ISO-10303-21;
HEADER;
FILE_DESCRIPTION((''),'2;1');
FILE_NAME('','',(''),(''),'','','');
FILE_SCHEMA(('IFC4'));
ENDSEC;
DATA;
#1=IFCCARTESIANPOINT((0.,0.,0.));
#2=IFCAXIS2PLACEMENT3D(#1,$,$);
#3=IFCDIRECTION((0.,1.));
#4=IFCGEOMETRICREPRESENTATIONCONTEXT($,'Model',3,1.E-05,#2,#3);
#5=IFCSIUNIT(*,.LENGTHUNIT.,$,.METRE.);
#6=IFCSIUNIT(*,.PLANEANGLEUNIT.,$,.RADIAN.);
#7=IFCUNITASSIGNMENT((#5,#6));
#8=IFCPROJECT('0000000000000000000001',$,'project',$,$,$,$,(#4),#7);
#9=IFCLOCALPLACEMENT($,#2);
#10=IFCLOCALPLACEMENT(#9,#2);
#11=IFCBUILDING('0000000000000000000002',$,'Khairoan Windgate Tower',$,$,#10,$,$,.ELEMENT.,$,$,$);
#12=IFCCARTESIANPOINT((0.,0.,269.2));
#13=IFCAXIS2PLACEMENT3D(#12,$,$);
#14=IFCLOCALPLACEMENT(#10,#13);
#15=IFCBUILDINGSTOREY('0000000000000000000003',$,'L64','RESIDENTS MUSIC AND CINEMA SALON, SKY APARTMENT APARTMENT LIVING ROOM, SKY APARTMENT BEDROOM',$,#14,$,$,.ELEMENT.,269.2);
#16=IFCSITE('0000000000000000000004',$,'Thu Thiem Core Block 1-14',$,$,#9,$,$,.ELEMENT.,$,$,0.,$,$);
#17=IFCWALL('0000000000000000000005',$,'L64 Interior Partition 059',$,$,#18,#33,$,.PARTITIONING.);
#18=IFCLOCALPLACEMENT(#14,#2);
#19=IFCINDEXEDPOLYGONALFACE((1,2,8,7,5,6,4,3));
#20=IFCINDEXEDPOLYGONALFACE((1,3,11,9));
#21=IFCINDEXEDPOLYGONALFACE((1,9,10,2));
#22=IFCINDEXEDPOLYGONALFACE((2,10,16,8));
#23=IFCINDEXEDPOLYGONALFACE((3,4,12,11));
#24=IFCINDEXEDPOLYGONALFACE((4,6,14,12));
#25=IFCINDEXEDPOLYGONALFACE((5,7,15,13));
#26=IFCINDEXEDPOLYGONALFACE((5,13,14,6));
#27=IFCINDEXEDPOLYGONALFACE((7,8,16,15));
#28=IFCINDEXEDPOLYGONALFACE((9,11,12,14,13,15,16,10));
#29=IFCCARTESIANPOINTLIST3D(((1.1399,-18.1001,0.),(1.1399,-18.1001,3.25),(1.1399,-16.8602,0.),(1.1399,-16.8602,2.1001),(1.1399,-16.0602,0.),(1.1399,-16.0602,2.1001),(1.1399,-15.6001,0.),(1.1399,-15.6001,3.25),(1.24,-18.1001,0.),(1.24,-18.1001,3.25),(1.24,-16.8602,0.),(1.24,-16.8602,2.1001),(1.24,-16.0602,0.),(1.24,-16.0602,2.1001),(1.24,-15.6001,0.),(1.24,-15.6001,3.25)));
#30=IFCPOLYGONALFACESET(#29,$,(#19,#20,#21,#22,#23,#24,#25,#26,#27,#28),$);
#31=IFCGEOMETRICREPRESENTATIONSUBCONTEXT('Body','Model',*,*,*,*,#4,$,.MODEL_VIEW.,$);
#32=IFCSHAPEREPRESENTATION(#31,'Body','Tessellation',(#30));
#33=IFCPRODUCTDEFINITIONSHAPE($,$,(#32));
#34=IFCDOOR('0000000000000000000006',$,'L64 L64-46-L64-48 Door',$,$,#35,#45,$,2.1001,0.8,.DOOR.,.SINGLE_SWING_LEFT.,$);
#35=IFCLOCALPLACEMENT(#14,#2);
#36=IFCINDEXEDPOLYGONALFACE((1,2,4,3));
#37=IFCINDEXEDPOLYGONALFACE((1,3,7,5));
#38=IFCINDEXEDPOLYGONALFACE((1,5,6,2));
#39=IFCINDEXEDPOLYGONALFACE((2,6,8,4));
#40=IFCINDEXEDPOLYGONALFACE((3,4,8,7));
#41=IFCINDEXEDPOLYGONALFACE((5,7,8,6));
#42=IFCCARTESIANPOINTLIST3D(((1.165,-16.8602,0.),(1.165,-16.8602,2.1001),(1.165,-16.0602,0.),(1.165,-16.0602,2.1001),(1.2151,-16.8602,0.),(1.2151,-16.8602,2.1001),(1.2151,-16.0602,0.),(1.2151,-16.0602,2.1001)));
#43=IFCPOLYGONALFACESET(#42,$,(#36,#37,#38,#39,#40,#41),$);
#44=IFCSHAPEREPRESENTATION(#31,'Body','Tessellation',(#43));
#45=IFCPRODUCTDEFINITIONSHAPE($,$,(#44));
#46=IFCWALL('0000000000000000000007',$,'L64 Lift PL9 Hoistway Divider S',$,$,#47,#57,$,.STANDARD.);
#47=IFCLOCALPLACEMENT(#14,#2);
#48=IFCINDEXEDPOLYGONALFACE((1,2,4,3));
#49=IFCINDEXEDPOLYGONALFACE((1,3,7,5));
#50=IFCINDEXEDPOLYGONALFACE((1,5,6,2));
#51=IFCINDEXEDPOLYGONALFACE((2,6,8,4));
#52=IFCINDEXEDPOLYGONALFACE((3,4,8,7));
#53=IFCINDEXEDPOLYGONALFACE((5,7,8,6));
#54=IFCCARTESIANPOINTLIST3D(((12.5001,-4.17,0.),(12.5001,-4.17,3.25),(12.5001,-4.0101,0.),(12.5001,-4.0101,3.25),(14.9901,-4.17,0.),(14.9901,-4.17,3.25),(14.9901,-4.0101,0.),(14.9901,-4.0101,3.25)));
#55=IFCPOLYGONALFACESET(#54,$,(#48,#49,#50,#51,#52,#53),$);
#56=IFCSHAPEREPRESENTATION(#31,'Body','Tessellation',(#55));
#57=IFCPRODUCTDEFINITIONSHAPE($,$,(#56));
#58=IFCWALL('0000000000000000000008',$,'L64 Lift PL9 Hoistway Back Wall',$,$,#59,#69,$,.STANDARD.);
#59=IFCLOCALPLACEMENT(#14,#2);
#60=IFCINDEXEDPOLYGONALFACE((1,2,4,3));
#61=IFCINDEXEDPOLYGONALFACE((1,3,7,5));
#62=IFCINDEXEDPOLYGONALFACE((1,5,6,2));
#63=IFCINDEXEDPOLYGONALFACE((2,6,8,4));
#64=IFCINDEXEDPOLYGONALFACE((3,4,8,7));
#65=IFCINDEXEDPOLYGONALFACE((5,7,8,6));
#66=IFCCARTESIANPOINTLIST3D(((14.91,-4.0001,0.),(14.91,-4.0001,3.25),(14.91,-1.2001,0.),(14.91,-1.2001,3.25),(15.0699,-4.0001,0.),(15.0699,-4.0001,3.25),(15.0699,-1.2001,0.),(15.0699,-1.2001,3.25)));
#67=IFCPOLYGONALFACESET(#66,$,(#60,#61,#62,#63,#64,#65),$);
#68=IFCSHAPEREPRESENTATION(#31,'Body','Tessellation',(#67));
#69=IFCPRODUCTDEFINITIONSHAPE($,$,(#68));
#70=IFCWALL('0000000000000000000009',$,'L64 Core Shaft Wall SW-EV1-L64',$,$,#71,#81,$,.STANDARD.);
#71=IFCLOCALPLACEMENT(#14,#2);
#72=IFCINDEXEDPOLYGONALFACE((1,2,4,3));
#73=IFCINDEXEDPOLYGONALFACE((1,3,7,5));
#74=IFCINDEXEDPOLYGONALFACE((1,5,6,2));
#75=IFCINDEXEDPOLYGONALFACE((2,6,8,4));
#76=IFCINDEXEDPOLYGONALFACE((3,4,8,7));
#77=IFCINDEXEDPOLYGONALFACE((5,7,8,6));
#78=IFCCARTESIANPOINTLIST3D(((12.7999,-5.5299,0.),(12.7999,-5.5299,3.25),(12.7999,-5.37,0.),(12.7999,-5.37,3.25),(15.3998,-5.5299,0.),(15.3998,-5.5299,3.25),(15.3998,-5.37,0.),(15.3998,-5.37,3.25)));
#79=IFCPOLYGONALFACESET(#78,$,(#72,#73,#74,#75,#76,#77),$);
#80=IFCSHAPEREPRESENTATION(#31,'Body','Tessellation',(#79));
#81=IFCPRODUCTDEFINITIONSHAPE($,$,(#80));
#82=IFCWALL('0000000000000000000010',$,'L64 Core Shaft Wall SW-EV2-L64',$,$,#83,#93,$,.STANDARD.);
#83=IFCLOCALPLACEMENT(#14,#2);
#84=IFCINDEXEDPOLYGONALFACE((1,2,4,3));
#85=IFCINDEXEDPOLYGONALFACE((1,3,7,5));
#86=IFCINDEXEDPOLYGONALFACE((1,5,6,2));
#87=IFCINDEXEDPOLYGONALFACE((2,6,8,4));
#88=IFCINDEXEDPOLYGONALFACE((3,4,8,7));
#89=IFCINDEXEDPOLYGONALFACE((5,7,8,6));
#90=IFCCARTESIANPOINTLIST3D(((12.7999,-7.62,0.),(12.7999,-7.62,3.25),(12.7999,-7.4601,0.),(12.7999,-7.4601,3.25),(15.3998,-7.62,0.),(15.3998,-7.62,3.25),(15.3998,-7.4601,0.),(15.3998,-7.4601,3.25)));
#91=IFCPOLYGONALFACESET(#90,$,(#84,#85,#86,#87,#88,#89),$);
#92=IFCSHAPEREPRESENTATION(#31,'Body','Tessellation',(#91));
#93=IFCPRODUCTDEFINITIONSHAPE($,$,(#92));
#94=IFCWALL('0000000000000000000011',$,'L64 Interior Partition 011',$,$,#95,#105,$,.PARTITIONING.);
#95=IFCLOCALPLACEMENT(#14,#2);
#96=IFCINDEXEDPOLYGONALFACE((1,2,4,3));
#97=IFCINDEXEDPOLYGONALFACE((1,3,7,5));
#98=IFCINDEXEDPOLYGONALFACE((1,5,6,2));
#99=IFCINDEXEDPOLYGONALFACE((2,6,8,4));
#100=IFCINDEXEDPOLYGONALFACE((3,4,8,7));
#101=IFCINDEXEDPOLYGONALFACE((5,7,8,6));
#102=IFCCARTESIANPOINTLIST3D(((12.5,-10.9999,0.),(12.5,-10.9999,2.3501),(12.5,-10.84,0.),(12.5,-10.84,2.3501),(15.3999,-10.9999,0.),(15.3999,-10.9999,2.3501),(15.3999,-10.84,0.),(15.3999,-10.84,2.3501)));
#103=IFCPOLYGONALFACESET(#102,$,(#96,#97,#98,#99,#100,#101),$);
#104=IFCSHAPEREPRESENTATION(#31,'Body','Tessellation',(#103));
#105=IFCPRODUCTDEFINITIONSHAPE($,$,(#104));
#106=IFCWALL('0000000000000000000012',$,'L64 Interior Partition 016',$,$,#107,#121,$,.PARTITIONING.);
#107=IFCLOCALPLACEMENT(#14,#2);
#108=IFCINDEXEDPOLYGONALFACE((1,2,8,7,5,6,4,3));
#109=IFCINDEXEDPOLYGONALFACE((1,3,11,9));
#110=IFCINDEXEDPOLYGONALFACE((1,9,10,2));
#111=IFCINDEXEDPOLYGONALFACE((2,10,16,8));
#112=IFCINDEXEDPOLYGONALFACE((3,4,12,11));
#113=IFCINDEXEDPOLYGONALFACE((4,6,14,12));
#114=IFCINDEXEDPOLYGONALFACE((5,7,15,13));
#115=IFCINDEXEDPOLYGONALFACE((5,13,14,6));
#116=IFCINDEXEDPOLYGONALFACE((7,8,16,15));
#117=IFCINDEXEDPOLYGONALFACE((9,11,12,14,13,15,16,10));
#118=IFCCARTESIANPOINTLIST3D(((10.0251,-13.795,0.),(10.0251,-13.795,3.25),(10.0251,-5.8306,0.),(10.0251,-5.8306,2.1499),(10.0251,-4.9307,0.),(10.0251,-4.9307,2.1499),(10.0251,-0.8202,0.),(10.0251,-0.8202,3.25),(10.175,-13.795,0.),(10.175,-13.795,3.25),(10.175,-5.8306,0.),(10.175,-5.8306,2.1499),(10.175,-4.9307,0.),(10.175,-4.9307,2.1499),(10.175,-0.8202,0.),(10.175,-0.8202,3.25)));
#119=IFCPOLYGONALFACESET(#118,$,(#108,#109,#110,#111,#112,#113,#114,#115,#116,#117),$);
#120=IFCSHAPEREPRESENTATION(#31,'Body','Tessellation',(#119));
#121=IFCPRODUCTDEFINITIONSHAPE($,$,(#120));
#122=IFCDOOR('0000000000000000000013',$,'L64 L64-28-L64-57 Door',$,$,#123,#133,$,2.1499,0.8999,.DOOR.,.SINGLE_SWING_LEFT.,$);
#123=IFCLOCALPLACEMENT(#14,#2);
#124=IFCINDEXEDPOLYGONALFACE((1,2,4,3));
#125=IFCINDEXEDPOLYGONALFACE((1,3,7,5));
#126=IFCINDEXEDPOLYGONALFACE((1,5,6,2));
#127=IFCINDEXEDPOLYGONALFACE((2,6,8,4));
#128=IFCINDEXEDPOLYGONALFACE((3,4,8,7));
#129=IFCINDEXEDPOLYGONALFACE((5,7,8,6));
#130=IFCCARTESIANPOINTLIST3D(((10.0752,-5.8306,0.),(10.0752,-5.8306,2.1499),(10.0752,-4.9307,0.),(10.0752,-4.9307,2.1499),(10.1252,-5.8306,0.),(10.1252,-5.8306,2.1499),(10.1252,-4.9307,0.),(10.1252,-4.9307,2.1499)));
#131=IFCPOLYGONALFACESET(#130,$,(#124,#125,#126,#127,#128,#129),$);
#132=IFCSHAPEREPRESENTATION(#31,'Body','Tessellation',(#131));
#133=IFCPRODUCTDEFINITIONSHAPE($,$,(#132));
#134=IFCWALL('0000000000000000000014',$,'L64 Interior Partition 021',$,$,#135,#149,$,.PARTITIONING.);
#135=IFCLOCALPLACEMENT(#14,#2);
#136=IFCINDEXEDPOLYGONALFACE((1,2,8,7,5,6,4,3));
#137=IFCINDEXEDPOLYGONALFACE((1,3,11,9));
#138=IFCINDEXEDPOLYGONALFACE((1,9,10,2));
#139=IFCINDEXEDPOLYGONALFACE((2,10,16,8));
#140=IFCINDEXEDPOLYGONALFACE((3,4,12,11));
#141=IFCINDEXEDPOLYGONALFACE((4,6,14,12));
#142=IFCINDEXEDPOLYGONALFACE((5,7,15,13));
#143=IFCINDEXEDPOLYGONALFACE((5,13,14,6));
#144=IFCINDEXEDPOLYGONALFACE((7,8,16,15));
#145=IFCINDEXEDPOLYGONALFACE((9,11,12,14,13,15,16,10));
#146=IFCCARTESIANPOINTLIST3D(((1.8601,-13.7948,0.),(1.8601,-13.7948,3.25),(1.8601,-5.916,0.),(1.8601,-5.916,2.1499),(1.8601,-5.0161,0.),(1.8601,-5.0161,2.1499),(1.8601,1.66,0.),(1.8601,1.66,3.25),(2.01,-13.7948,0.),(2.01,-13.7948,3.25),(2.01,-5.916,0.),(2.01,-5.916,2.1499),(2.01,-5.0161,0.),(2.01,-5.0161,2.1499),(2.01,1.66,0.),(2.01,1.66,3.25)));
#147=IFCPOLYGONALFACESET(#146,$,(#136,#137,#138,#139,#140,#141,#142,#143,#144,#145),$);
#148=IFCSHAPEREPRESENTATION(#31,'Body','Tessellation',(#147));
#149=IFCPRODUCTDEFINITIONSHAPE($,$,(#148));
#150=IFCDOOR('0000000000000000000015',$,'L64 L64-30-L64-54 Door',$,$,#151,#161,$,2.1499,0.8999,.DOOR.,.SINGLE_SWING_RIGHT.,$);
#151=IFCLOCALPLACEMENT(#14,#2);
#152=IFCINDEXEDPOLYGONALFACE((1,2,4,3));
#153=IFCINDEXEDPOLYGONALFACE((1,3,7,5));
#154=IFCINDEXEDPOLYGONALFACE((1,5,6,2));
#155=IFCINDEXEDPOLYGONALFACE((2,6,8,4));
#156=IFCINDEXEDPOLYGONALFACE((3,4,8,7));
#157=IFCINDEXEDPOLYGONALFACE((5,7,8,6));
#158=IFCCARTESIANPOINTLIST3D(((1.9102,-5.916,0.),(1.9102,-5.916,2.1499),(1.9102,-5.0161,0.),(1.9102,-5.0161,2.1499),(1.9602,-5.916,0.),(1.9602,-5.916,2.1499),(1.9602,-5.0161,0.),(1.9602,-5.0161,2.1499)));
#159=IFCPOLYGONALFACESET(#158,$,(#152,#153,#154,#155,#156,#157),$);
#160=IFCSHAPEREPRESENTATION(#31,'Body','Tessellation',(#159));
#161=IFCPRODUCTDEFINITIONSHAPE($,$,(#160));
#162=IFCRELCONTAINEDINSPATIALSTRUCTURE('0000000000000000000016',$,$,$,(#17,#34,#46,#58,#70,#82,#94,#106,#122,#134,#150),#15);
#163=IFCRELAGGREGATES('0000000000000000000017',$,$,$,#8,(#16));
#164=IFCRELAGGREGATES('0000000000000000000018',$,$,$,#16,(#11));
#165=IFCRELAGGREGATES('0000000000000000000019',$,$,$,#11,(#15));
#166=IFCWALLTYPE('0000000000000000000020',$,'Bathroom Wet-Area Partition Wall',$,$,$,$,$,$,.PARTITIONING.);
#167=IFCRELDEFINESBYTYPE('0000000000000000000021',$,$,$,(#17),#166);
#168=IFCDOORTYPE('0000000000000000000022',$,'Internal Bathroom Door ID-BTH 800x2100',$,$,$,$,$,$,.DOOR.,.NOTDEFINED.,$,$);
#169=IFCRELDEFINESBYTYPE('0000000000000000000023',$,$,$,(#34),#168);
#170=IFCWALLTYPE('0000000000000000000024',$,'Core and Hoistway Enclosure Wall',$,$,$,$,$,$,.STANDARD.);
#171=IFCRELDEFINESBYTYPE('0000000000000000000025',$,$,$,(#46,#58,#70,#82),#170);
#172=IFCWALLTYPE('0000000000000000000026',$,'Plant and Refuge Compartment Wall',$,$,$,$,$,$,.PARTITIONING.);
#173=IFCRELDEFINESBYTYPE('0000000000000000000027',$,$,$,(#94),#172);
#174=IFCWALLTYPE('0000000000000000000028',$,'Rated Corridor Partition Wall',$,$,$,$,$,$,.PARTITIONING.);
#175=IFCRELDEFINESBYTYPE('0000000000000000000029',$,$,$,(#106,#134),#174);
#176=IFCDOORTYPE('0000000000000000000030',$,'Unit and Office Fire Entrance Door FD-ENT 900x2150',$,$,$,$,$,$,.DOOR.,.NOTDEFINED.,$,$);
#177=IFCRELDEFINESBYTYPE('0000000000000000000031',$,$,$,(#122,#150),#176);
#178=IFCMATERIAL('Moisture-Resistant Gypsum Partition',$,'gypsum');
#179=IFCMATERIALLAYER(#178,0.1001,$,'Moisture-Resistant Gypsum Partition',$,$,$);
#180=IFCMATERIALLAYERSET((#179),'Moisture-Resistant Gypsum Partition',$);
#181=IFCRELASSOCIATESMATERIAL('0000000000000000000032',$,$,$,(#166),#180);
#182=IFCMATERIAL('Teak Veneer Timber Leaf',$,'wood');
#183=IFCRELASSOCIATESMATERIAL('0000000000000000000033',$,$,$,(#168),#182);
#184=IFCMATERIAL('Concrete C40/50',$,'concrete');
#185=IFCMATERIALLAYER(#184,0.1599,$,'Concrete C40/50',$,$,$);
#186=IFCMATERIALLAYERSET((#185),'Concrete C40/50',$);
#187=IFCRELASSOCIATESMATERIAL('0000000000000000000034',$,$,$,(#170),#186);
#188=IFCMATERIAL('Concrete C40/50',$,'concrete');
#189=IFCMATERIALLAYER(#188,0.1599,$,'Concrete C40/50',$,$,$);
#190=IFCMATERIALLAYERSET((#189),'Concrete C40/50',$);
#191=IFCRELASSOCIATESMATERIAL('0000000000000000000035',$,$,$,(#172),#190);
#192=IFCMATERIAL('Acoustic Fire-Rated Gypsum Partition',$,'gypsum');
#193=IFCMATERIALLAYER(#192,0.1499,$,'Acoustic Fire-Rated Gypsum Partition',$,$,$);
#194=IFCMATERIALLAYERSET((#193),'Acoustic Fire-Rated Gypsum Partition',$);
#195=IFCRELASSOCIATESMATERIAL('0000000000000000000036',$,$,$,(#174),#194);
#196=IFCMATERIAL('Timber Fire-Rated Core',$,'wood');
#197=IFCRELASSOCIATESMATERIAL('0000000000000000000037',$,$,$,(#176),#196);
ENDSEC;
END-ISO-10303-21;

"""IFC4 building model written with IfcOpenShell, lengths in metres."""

from ifc_helpers import new_model, si_unit, direction, frame, frame_2d, origin, place, context, subcontext, project, spatial, rectangle, extrude, material, layer, layer_set, type_object, element, fill, save


model = new_model("IFC4")

# Units and contexts
model_context = context("Model", 3, precision=1e-05, world=origin(), true_north=direction((0.0, 1.0)))
body_context = subcontext(model_context, "Body", "Model", "MODEL_VIEW")
ifc_project = project(units=[si_unit("LENGTHUNIT", "METRE"), si_unit("PLANEANGLEUNIT", "RADIAN")], contexts=[model_context])

# Site, building, storey
site_placement = place(None, origin())
site = spatial("IfcSite", under=ifc_project, at=site_placement, Name="Thu Thiem Core Block 1-14", CompositionType="ELEMENT", RefElevation=0.0)
building_placement = place(site_placement, origin())
building = spatial("IfcBuilding", under=site, at=building_placement, Name="Khairoan Windgate Tower", CompositionType="ELEMENT")
storey_placement = place(building_placement, frame((0.0, 0.0, 269.2)))
storey = spatial("IfcBuildingStorey", under=building, at=storey_placement, Name="L64", Description="RESIDENTS MUSIC AND CINEMA SALON, SKY APARTMENT APARTMENT LIVING ROOM, SKY APARTMENT BEDROOM", CompositionType="ELEMENT", Elevation=269.2)

# Wall, opening, door
ifc_material_1 = material(Name="Moisture-Resistant Gypsum Partition", Category="gypsum")
ifc_layer_1 = layer(ifc_material_1, 0.1001, Name="Moisture-Resistant Gypsum Partition")
ifc_layer_set_1 = layer_set([ifc_layer_1], Name="Moisture-Resistant Gypsum Partition")
wall_type_1 = type_object("IfcWallType", Name="Bathroom Wet-Area Partition Wall", PredefinedType="PARTITIONING", material=ifc_layer_set_1)
wall_1_placement = place(storey_placement, frame((1.1899, -18.1001, 0.0), z_axis=(0.0, 0.0, 1.0), x_axis=(0.0, 1.0, 0.0)))
wall_1 = element("IfcWall", 1, at=wall_1_placement, inside=storey, type_object=wall_type_1, Name="L64 Interior Partition 059", PredefinedType="PARTITIONING", context=body_context, shape_type="SweptSolid", body=[
    extrude(rectangle(XDim=2.5, YDim=0.1001, at=frame_2d((1.25, 0.0))), origin(), (0.0, 0.0, 1.0), 3.25),
])
opening_1_placement = place(wall_1_placement, frame((1.24, 0.0, 0.0)))
opening_1 = element("IfcOpeningElement", 2, at=opening_1_placement, cuts=wall_1, PredefinedType="OPENING", context=body_context, shape_type="SweptSolid", body=[
    extrude(rectangle(XDim=0.8, YDim=2.1001, at=frame_2d((0.3999, 1.05))), frame((0.0, 0.0601, 0.0), z_axis=(0.0, -1.0, 0.0), x_axis=(1.0, 0.0, 0.0)), (0.0, 0.0, 1.0), 0.1201),
])
ifc_material_2 = material(Name="Teak Veneer Timber Leaf", Category="wood")
door_type_1 = type_object("IfcDoorType", Name="Internal Bathroom Door ID-BTH 800x2100", OperationType="NOTDEFINED", PredefinedType="DOOR", material=ifc_material_2)
door_1_placement = place(opening_1_placement, origin())
door_1 = element("IfcDoor", 3, at=door_1_placement, inside=storey, type_object=door_type_1, Name="L64 L64-46-L64-48 Door", OperationType="SINGLE_SWING_LEFT", OverallHeight=2.1001, OverallWidth=0.8, PredefinedType="DOOR", context=body_context, shape_type="SweptSolid", body=[
    extrude(rectangle(XDim=0.8, YDim=2.1001, at=frame_2d((0.3999, 1.05))), frame((0.0, 0.0249, 0.0), z_axis=(0.0, -1.0, 0.0), x_axis=(1.0, 0.0, 0.0)), (0.0, 0.0, 1.0), 0.05),
])
fill(opening_1, door_1)

# Walls
ifc_material_3 = material(Name="Concrete C40/50", Category="concrete")
ifc_layer_2 = layer(ifc_material_3, 0.1599, Name="Concrete C40/50")
ifc_layer_set_2 = layer_set([ifc_layer_2], Name="Concrete C40/50")
wall_type_2 = type_object("IfcWallType", Name="Core and Hoistway Enclosure Wall", PredefinedType="STANDARD", material=ifc_layer_set_2)
wall_2_placement = place(storey_placement, frame((12.5, -4.0901, 0.0), z_axis=(0.0, 0.0, 1.0), x_axis=(1.0, 0.0, 0.0)))
element("IfcWall", 4, at=wall_2_placement, inside=storey, type_object=wall_type_2, Name="L64 Lift PL9 Hoistway Divider S", PredefinedType="STANDARD", context=body_context, shape_type="SweptSolid", body=[
    extrude(rectangle(XDim=2.49, YDim=0.1599, at=frame_2d((1.2451, 0.0))), origin(), (0.0, 0.0, 1.0), 3.25),
])
wall_3_placement = place(storey_placement, frame((14.99, -4.0, 0.0), z_axis=(0.0, 0.0, 1.0), x_axis=(0.0, 1.0, 0.0)))
element("IfcWall", 5, at=wall_3_placement, inside=storey, type_object=wall_type_2, Name="L64 Lift PL9 Hoistway Back Wall", PredefinedType="STANDARD", context=body_context, shape_type="SweptSolid", body=[
    extrude(rectangle(XDim=2.8, YDim=0.1599, at=frame_2d((1.3999, 0.0))), origin(), (0.0, 0.0, 1.0), 3.25),
])
for number, where, z_axis, x_axis, name in (
    (6, (12.8, -5.45, 0.0), (0.0, 0.0, 1.0), (1.0, 0.0, 0.0), "L64 Core Shaft Wall SW-EV1-L64"),
    (7, (12.8, -7.54, 0.0), (0.0, 0.0, 1.0), (1.0, 0.0, 0.0), "L64 Core Shaft Wall SW-EV2-L64"),
):
    element("IfcWall", number, at=place(storey_placement, frame(where, z_axis=z_axis, x_axis=x_axis)), inside=storey, type_object=wall_type_2, Name=name, PredefinedType="STANDARD", context=body_context, shape_type="SweptSolid", body=[
        extrude(rectangle(XDim=2.5999, YDim=0.1599, at=frame_2d((1.2998, 0.0))), origin(), (0.0, 0.0, 1.0), 3.25),
    ])
ifc_material_4 = material(Name="Concrete C40/50", Category="concrete")
ifc_layer_3 = layer(ifc_material_4, 0.1599, Name="Concrete C40/50")
ifc_layer_set_3 = layer_set([ifc_layer_3], Name="Concrete C40/50")
wall_type_3 = type_object("IfcWallType", Name="Plant and Refuge Compartment Wall", PredefinedType="PARTITIONING", material=ifc_layer_set_3)
wall_4_placement = place(storey_placement, frame((12.5, -10.9199, 0.0), z_axis=(0.0, 0.0, 1.0), x_axis=(1.0, 0.0, 0.0)))
element("IfcWall", 8, at=wall_4_placement, inside=storey, type_object=wall_type_3, Name="L64 Interior Partition 011", PredefinedType="PARTITIONING", context=body_context, shape_type="SweptSolid", body=[
    extrude(rectangle(XDim=2.8999, YDim=0.1599, at=frame_2d((1.45, 0.0))), origin(), (0.0, 0.0, 1.0), 2.3501),
])

# Walls, openings, doors
ifc_material_5 = material(Name="Acoustic Fire-Rated Gypsum Partition", Category="gypsum")
ifc_layer_4 = layer(ifc_material_5, 0.1499, Name="Acoustic Fire-Rated Gypsum Partition")
ifc_layer_set_4 = layer_set([ifc_layer_4], Name="Acoustic Fire-Rated Gypsum Partition")
wall_type_4 = type_object("IfcWallType", Name="Rated Corridor Partition Wall", PredefinedType="PARTITIONING", material=ifc_layer_set_4)
wall_5_placement = place(storey_placement, frame((10.1001, -13.7949, 0.0), z_axis=(0.0, 0.0, 1.0), x_axis=(0.0, 1.0, 0.0)))
wall_5 = element("IfcWall", 9, at=wall_5_placement, inside=storey, type_object=wall_type_4, Name="L64 Interior Partition 016", PredefinedType="PARTITIONING", context=body_context, shape_type="SweptSolid", body=[
    extrude(rectangle(XDim=12.9749, YDim=0.1499, at=frame_2d((6.4873, 0.0))), origin(), (0.0, 0.0, 1.0), 3.25),
])
opening_2_placement = place(wall_5_placement, frame((7.9644, 0.0, 0.0)))
opening_2 = element("IfcOpeningElement", 10, at=opening_2_placement, cuts=wall_5, PredefinedType="OPENING", context=body_context, shape_type="SweptSolid", body=[
    extrude(rectangle(XDim=0.8999, YDim=2.1499, at=frame_2d((0.45, 1.075))), frame((0.0, 0.085, 0.0), z_axis=(0.0, -1.0, 0.0), x_axis=(1.0, 0.0, 0.0)), (0.0, 0.0, 1.0), 0.1699),
])
ifc_material_6 = material(Name="Timber Fire-Rated Core", Category="wood")
door_type_2 = type_object("IfcDoorType", Name="Unit and Office Fire Entrance Door FD-ENT 900x2150", OperationType="NOTDEFINED", PredefinedType="DOOR", material=ifc_material_6)
door_2_placement = place(opening_2_placement, origin())
door_2 = element("IfcDoor", 11, at=door_2_placement, inside=storey, type_object=door_type_2, Name="L64 L64-28-L64-57 Door", OperationType="SINGLE_SWING_LEFT", OverallHeight=2.1499, OverallWidth=0.8999, PredefinedType="DOOR", context=body_context, shape_type="SweptSolid", body=[
    extrude(rectangle(XDim=0.8999, YDim=2.1499, at=frame_2d((0.45, 1.075))), frame((0.0, 0.0249, 0.0), z_axis=(0.0, -1.0, 0.0), x_axis=(1.0, 0.0, 0.0)), (0.0, 0.0, 1.0), 0.05),
])
fill(opening_2, door_2)
wall_6_placement = place(storey_placement, frame((1.9351, -13.7949, 0.0), z_axis=(0.0, 0.0, 1.0), x_axis=(0.0, 1.0, 0.0)))
wall_6 = element("IfcWall", 12, at=wall_6_placement, inside=storey, type_object=wall_type_4, Name="L64 Interior Partition 021", PredefinedType="PARTITIONING", context=body_context, shape_type="SweptSolid", body=[
    extrude(rectangle(XDim=15.4548, YDim=0.1499, at=frame_2d((7.7275, 0.0))), origin(), (0.0, 0.0, 1.0), 3.25),
])
opening_3_placement = place(wall_6_placement, frame((7.8789, 0.0, 0.0)))
opening_3 = element("IfcOpeningElement", 13, at=opening_3_placement, cuts=wall_6, PredefinedType="OPENING", context=body_context, shape_type="SweptSolid", body=[
    extrude(rectangle(XDim=0.8999, YDim=2.1499, at=frame_2d((0.45, 1.075))), frame((0.0, 0.085, 0.0), z_axis=(0.0, -1.0, 0.0), x_axis=(1.0, 0.0, 0.0)), (0.0, 0.0, 1.0), 0.1699),
])
door_3_placement = place(opening_3_placement, origin())
door_3 = element("IfcDoor", 14, at=door_3_placement, inside=storey, type_object=door_type_2, Name="L64 L64-30-L64-54 Door", OperationType="SINGLE_SWING_RIGHT", OverallHeight=2.1499, OverallWidth=0.8999, PredefinedType="DOOR", context=body_context, shape_type="SweptSolid", body=[
    extrude(rectangle(XDim=0.8999, YDim=2.1499, at=frame_2d((0.45, 1.075))), frame((0.0, 0.0249, 0.0), z_axis=(0.0, -1.0, 0.0), x_axis=(1.0, 0.0, 0.0)), (0.0, 0.0, 1.0), 0.05),
])
fill(opening_3, door_3)

save(model, "model.ifc")
